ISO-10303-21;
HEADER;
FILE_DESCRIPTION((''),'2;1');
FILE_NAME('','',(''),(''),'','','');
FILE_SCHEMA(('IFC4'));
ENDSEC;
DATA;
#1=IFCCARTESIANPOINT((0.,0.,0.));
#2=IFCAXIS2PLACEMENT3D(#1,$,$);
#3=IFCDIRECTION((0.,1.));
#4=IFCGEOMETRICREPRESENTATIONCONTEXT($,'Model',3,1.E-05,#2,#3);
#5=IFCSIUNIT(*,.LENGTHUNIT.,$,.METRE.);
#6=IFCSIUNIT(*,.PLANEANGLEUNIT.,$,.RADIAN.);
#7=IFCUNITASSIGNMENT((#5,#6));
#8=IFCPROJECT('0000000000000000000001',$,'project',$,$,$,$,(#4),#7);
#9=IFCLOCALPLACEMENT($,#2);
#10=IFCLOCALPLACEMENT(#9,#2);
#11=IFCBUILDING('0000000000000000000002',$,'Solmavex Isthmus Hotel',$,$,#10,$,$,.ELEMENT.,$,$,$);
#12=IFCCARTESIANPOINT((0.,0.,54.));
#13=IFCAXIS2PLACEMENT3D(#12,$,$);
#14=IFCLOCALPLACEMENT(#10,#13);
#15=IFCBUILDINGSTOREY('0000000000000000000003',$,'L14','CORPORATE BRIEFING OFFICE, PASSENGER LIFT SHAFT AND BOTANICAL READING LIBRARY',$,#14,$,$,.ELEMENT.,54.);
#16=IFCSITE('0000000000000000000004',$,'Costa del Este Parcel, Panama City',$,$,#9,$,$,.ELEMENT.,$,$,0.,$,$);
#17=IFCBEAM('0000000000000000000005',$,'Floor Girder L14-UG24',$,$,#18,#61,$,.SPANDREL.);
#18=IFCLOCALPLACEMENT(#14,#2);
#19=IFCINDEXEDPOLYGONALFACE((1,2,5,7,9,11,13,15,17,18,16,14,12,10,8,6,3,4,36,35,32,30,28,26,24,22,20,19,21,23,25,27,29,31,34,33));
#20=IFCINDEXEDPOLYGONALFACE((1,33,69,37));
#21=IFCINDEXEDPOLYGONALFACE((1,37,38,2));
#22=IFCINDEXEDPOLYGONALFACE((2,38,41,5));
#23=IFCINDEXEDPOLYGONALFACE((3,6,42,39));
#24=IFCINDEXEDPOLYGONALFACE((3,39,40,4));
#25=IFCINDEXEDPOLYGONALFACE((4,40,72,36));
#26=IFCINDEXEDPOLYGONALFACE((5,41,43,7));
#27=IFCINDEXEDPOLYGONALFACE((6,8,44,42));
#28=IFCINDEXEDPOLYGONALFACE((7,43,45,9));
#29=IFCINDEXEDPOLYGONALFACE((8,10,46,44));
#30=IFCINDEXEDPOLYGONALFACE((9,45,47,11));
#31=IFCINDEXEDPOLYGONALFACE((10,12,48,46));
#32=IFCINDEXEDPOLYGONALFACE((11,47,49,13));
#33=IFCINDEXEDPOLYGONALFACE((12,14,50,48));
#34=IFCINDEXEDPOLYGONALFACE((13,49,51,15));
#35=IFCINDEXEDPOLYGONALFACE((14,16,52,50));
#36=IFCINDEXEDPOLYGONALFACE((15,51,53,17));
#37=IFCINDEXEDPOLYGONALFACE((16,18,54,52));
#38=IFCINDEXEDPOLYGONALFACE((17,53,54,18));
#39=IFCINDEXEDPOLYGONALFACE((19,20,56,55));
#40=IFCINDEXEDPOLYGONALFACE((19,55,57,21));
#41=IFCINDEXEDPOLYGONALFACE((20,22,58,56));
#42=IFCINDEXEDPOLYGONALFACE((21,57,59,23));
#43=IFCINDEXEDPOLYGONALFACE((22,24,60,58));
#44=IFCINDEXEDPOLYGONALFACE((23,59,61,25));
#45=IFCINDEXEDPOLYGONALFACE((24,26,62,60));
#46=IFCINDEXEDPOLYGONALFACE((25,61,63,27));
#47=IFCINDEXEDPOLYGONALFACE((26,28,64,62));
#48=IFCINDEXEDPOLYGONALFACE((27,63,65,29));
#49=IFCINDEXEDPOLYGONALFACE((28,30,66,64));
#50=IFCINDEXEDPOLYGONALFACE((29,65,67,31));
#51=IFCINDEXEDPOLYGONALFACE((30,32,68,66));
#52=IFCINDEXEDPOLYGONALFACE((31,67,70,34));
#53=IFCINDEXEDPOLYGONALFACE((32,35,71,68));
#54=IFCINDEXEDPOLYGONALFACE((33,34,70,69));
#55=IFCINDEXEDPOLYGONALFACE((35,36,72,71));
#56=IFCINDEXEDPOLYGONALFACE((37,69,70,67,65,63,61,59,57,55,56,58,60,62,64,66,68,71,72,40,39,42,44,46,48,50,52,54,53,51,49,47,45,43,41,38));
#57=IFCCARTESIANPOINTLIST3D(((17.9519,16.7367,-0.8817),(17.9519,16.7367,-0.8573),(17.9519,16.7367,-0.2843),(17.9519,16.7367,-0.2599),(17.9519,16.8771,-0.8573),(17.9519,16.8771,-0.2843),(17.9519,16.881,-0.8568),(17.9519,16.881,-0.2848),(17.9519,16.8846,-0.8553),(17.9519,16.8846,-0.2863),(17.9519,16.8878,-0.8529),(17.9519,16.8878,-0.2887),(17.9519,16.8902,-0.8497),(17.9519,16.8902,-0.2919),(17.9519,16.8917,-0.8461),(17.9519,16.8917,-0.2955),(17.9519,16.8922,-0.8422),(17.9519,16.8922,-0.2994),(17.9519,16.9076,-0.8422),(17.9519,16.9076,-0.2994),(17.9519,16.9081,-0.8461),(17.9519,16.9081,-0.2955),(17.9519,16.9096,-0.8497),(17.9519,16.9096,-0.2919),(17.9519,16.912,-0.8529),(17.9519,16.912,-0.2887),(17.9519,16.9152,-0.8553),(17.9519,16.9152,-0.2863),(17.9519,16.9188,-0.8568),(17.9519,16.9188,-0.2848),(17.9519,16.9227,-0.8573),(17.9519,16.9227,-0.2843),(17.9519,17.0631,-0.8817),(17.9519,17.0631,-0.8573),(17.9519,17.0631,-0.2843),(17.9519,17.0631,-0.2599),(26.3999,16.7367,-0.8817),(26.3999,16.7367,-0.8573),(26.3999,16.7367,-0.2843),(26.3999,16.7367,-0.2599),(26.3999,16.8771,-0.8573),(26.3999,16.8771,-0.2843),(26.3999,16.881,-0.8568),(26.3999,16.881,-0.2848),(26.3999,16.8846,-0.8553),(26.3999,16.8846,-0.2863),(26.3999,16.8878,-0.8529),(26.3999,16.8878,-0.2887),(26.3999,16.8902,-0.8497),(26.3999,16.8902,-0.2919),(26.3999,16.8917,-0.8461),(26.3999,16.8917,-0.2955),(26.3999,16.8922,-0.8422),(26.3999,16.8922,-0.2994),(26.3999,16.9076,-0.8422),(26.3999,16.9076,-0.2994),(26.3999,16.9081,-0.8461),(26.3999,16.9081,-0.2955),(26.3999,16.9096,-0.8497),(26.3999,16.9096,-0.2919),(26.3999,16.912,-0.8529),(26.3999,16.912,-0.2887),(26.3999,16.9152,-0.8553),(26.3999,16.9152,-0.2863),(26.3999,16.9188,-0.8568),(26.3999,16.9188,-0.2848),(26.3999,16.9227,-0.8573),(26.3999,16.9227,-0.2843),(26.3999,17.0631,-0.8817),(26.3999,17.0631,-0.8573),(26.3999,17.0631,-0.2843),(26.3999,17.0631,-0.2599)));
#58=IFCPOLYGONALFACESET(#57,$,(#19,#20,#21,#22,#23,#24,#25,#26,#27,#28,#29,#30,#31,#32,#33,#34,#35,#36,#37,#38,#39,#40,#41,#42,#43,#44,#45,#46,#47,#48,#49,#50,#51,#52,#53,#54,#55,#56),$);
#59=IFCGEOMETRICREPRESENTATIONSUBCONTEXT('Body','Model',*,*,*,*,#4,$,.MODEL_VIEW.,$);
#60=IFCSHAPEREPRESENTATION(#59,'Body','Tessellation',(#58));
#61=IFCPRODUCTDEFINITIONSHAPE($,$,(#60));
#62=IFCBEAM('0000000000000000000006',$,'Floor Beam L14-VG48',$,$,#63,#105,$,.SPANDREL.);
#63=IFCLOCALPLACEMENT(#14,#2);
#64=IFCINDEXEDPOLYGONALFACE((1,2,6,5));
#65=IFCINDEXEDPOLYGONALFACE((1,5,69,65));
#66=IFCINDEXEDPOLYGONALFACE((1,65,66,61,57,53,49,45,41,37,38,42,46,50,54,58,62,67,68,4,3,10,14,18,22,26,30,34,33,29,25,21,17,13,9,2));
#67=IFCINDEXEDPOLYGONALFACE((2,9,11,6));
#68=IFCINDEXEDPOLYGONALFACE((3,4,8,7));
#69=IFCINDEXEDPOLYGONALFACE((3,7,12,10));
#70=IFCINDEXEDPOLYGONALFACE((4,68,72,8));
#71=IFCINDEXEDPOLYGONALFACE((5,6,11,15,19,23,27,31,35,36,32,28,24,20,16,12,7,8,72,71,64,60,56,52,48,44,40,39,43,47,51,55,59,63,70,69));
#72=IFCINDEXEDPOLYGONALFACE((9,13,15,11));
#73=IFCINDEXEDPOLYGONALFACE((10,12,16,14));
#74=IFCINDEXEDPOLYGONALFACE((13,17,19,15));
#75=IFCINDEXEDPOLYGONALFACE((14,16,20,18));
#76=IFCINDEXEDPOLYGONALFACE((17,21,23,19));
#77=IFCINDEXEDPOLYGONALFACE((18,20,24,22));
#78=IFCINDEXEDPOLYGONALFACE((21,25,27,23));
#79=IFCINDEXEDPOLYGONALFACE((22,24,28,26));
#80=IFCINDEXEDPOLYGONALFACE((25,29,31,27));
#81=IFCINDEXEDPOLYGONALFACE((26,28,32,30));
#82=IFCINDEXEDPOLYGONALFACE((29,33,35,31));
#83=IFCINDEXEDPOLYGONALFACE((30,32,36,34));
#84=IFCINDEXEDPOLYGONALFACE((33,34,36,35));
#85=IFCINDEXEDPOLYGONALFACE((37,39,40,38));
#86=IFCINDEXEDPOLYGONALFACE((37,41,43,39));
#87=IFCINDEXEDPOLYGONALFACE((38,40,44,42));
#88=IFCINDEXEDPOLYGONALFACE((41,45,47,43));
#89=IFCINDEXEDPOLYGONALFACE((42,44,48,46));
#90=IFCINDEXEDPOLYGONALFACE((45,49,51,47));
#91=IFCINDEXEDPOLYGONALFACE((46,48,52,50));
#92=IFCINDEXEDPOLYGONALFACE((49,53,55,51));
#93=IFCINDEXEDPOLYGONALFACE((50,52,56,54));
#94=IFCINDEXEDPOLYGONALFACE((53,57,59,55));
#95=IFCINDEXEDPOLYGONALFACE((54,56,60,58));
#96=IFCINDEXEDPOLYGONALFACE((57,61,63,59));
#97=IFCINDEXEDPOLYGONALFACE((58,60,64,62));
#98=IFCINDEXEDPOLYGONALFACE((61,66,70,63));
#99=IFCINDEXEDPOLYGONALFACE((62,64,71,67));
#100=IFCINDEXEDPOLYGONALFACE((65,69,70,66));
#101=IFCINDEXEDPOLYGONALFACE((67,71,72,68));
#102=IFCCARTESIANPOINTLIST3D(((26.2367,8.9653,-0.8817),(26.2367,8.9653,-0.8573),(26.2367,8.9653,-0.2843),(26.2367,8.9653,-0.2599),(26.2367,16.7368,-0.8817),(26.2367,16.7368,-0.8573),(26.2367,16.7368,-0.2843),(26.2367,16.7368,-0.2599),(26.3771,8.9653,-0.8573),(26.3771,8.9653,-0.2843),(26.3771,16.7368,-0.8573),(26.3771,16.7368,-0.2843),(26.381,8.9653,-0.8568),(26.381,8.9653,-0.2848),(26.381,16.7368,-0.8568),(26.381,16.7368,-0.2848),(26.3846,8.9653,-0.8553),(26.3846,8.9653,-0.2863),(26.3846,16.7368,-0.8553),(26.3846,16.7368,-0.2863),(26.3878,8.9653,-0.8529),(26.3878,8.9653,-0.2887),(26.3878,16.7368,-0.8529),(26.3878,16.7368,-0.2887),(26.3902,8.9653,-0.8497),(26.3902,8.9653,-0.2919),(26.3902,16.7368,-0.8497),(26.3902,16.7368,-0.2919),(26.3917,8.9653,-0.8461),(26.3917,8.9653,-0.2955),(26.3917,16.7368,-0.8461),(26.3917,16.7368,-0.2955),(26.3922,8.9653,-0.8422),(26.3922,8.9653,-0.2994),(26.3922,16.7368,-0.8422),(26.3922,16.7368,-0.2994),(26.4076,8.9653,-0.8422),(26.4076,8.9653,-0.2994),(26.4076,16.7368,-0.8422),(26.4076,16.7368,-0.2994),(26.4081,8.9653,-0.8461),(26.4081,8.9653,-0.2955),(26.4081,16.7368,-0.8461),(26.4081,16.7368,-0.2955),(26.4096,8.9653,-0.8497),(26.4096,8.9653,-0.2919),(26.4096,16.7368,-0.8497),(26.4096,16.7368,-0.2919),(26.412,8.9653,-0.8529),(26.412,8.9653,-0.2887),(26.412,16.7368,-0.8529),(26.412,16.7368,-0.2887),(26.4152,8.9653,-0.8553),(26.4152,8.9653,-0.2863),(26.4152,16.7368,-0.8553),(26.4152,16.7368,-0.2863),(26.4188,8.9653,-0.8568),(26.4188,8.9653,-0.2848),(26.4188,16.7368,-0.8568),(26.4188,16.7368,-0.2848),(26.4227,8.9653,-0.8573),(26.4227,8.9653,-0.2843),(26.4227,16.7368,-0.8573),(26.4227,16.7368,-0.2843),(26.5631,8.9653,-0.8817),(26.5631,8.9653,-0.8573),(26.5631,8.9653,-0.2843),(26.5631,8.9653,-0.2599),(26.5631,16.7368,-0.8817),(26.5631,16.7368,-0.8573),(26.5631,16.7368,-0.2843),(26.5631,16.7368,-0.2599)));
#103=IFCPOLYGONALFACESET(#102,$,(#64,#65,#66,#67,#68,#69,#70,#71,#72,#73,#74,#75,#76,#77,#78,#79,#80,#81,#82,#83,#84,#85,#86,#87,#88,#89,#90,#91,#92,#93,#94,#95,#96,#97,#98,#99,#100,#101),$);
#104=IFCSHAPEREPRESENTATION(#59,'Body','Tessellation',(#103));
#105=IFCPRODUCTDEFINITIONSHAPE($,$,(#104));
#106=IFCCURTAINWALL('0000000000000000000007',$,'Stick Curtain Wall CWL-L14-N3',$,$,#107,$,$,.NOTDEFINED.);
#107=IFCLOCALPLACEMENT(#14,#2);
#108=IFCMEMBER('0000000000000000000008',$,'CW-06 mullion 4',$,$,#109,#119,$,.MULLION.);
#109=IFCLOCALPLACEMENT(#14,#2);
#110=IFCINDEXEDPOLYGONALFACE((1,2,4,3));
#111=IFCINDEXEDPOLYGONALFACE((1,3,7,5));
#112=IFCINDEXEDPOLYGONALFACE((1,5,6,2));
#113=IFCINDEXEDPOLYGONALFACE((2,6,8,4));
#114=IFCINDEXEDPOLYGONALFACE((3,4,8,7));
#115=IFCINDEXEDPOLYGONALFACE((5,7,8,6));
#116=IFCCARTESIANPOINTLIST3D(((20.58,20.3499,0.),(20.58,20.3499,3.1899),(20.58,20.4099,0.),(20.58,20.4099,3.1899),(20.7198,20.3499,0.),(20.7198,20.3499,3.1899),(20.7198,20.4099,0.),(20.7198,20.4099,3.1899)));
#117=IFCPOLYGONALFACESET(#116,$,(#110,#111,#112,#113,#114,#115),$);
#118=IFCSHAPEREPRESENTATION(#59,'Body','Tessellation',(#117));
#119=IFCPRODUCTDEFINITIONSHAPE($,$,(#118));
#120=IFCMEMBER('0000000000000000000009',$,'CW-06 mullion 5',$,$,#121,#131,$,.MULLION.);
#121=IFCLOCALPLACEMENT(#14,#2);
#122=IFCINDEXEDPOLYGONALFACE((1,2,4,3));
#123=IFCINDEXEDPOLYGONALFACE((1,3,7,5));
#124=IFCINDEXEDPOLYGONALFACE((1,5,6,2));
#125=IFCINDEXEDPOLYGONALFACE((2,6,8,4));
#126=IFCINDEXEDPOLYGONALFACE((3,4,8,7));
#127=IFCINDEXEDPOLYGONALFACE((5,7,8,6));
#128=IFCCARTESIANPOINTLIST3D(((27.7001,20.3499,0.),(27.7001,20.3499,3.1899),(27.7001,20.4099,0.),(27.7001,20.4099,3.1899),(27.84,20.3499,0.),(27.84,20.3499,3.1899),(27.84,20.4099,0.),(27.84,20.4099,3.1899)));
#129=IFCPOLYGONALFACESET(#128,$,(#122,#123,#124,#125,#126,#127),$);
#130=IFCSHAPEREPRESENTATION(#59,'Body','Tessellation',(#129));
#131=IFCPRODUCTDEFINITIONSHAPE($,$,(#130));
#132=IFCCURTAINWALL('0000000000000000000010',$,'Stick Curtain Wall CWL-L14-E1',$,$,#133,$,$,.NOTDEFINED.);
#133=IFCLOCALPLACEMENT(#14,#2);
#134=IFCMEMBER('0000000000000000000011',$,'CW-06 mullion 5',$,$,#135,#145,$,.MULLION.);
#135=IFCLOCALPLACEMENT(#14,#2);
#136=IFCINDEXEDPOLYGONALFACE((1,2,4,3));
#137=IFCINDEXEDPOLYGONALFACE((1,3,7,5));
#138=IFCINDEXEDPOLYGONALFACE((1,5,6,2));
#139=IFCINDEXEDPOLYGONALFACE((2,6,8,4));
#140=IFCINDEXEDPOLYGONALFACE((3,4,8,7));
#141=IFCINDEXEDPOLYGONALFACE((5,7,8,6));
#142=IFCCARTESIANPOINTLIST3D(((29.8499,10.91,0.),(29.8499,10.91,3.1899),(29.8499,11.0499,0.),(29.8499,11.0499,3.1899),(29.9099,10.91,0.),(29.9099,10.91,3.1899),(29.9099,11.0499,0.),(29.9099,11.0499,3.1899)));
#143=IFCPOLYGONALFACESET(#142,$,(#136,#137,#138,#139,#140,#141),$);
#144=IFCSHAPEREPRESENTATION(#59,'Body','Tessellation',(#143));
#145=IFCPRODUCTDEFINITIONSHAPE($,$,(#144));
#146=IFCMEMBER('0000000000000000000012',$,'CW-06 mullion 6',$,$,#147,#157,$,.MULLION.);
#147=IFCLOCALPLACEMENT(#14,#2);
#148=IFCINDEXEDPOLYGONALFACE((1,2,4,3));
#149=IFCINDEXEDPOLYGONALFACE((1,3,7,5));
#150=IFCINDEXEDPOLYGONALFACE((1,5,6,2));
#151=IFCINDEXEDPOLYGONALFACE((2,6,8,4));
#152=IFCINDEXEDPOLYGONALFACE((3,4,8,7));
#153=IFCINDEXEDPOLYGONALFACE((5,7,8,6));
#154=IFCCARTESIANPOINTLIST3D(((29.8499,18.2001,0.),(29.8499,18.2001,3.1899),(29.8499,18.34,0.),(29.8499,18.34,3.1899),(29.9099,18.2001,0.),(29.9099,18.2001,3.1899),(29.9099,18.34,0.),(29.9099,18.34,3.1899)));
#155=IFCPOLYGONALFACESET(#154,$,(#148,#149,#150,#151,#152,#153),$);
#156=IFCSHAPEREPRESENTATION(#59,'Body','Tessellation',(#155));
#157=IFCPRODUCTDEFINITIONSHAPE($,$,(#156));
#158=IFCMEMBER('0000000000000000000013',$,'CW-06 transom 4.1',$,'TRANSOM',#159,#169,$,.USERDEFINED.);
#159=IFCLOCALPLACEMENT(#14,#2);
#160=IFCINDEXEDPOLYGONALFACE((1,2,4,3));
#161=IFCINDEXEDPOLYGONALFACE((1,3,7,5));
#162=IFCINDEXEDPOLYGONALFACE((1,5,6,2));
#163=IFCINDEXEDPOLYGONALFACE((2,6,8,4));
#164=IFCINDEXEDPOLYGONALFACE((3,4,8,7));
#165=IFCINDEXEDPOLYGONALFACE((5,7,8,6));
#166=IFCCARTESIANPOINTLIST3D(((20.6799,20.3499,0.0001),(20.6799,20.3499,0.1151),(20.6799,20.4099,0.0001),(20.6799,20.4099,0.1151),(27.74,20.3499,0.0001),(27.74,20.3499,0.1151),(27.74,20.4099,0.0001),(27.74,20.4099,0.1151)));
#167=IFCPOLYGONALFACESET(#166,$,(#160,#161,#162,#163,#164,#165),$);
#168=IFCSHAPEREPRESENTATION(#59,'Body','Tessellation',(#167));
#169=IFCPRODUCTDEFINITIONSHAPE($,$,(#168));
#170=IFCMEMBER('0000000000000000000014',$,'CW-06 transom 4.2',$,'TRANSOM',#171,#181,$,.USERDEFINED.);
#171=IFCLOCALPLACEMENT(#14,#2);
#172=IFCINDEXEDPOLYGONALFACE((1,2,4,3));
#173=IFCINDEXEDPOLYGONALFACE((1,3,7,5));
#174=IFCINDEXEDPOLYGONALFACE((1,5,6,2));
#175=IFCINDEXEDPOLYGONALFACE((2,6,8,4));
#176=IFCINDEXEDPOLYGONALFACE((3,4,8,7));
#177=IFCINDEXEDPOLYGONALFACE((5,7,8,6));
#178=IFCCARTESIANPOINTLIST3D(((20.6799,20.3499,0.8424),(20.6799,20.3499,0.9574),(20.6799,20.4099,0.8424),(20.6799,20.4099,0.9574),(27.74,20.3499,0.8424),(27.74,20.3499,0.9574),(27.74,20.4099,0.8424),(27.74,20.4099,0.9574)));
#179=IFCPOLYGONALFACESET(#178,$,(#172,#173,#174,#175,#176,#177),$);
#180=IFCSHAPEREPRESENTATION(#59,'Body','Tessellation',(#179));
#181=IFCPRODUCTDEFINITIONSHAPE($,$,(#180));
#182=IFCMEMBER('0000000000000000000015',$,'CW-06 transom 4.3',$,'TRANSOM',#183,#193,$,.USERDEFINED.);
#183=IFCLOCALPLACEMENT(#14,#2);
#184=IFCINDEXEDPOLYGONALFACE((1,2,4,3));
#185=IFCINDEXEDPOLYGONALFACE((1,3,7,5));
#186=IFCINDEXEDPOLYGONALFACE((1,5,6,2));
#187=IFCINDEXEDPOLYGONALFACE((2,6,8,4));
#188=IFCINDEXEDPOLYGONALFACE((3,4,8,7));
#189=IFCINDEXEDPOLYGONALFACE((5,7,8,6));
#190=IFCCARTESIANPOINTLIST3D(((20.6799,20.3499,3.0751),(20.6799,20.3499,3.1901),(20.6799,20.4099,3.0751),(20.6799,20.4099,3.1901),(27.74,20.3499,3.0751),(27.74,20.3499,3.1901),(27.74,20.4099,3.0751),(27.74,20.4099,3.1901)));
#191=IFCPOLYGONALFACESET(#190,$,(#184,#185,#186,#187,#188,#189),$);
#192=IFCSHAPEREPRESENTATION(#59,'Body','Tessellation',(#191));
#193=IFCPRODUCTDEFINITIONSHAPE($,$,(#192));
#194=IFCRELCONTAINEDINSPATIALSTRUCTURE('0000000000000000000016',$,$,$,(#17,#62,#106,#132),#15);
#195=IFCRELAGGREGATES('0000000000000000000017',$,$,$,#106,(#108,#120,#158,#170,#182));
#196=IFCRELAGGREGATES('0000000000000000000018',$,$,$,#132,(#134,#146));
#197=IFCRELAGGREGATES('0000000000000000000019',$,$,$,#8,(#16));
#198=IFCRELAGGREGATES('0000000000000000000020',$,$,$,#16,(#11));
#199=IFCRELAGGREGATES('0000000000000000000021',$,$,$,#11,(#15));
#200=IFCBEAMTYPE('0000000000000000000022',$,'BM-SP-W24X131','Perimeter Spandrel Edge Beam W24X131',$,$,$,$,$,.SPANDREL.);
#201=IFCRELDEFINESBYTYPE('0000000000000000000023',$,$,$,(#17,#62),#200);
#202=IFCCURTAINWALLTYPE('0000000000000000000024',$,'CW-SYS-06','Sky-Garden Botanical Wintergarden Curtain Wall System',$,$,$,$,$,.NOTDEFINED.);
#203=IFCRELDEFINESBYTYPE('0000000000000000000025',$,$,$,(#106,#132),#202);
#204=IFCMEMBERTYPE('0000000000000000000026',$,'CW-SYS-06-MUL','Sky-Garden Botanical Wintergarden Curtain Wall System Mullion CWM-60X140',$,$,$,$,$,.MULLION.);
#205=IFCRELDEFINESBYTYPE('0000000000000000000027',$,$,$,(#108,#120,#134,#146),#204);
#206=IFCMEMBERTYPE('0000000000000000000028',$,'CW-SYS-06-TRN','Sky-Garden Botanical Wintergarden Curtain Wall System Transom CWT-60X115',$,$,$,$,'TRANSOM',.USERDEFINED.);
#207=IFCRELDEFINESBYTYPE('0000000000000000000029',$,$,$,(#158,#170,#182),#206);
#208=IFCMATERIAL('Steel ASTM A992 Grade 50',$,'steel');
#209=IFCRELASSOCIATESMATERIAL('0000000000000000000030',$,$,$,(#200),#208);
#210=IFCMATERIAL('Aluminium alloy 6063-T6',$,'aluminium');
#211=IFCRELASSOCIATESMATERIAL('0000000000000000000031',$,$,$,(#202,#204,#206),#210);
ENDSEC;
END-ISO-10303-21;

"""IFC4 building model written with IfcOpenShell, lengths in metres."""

from ifc_helpers import new_model, si_unit, direction, frame, origin, origin_2d, place, context, subcontext, project, spatial, rectangle, i_section, extrude, material, material_profile, profile_set, type_object, element, aggregate, save


model = new_model("IFC4")

# Units and contexts
model_context = context("Model", 3, precision=1e-05, world=origin(), true_north=direction((0.0, 1.0)))
body_context = subcontext(model_context, "Body", "Model", "MODEL_VIEW")
ifc_project = project(units=[si_unit("LENGTHUNIT", "METRE"), si_unit("PLANEANGLEUNIT", "RADIAN")], contexts=[model_context])

# Site, building, storey
site_placement = place(None, origin())
site = spatial("IfcSite", under=ifc_project, at=site_placement, Name="Costa del Este Parcel, Panama City", CompositionType="ELEMENT", RefElevation=0.0)
building_placement = place(site_placement, origin())
building = spatial("IfcBuilding", under=site, at=building_placement, Name="Solmavex Isthmus Hotel", CompositionType="ELEMENT")
storey_placement = place(building_placement, frame((0.0, 0.0, 54.0)))
storey = spatial("IfcBuildingStorey", under=building, at=storey_placement, Name="L14", Description="CORPORATE BRIEFING OFFICE, PASSENGER LIFT SHAFT AND BOTANICAL READING LIBRARY", CompositionType="ELEMENT", Elevation=54.0)

# Beams
ifc_material_1 = material(Name="Steel ASTM A992 Grade 50", Category="steel")
ifc_material_profile_1 = material_profile(ifc_material_1, i_section(OverallWidth=0.3264, OverallDepth=0.6218, WebThickness=0.0154, FlangeThickness=0.0244, FilletRadius=0.0151, at=origin_2d()), Name="W24X131")
ifc_profile_set_1 = profile_set([ifc_material_profile_1], Name="Steel ASTM A992 Grade 50")
beam_type_1 = type_object("IfcBeamType", Name="BM-SP-W24X131", Description="Perimeter Spandrel Edge Beam W24X131", PredefinedType="SPANDREL", material=ifc_profile_set_1)
beam_1_placement = place(storey_placement, frame((17.9519, 16.8999, -0.5708), z_axis=(1.0, 0.0, 0.0), x_axis=(0.0, 1.0, 0.0)))
element("IfcBeam", 1, at=beam_1_placement, inside=storey, type_object=beam_type_1, Name="Floor Girder L14-UG24", PredefinedType="SPANDREL", context=body_context, shape_type="SweptSolid", body=[
    extrude(i_section(OverallWidth=0.3264, OverallDepth=0.6218, WebThickness=0.0154, FlangeThickness=0.0244, FilletRadius=0.0151, at=origin_2d()), origin(), (0.0, 0.0, 1.0), 8.448),
])
beam_2_placement = place(storey_placement, frame((26.3999, 8.9653, -0.5708), z_axis=(0.0, 1.0, 0.0), x_axis=(-1.0, 0.0, 0.0)))
element("IfcBeam", 2, at=beam_2_placement, inside=storey, type_object=beam_type_1, Name="Floor Beam L14-VG48", PredefinedType="SPANDREL", context=body_context, shape_type="SweptSolid", body=[
    extrude(i_section(OverallWidth=0.3264, OverallDepth=0.6218, WebThickness=0.0154, FlangeThickness=0.0244, FilletRadius=0.0151, at=origin_2d()), origin(), (0.0, 0.0, 1.0), 7.7715),
])

# Curtain walls, members
ifc_material_2 = material(Name="Aluminium alloy 6063-T6", Category="aluminium")
curtain_wall_type = type_object("IfcCurtainWallType", Name="CW-SYS-06", Description="Sky-Garden Botanical Wintergarden Curtain Wall System", PredefinedType="NOTDEFINED", material=ifc_material_2)
curtain_wall_1_placement = place(storey_placement, origin())
curtain_wall_1 = element("IfcCurtainWall", 3, at=curtain_wall_1_placement, inside=storey, type_object=curtain_wall_type, Name="Stick Curtain Wall CWL-L14-N3", PredefinedType="NOTDEFINED")
ifc_material_profile_2 = material_profile(ifc_material_2, rectangle(XDim=0.0601, YDim=0.1399, at=origin_2d()), Name="CWM-60X140")
ifc_profile_set_2 = profile_set([ifc_material_profile_2], Name="Aluminium alloy 6063-T6")
member_type_1 = type_object("IfcMemberType", Name="CW-SYS-06-MUL", Description="Sky-Garden Botanical Wintergarden Curtain Wall System Mullion CWM-60X140", PredefinedType="MULLION", material=ifc_profile_set_2)
member_1_placement = place(storey_placement, frame((20.6499, 20.3799, 0.0), z_axis=(0.0, 0.0, 1.0), x_axis=(0.0, 1.0, 0.0)))
member_1 = element("IfcMember", 4, at=member_1_placement, type_object=member_type_1, Name="CW-06 mullion 4", PredefinedType="MULLION", context=body_context, shape_type="SweptSolid", body=[
    extrude(rectangle(XDim=0.0601, YDim=0.1399, at=origin_2d()), origin(), (0.0, 0.0, 1.0), 3.1899),
])
member_2_placement = place(storey_placement, frame((27.77, 20.3799, 0.0), z_axis=(0.0, 0.0, 1.0), x_axis=(0.0, 1.0, 0.0)))
member_2 = element("IfcMember", 5, at=member_2_placement, type_object=member_type_1, Name="CW-06 mullion 5", PredefinedType="MULLION", context=body_context, shape_type="SweptSolid", body=[
    extrude(rectangle(XDim=0.0601, YDim=0.1399, at=origin_2d()), origin(), (0.0, 0.0, 1.0), 3.1899),
])
curtain_wall_2_placement = place(storey_placement, origin())
curtain_wall_2 = element("IfcCurtainWall", 6, at=curtain_wall_2_placement, inside=storey, type_object=curtain_wall_type, Name="Stick Curtain Wall CWL-L14-E1", PredefinedType="NOTDEFINED")
member_3_placement = place(storey_placement, frame((29.8799, 10.98, 0.0), z_axis=(0.0, 0.0, 1.0), x_axis=(-1.0, 0.0, 0.0)))
member_3 = element("IfcMember", 7, at=member_3_placement, type_object=member_type_1, Name="CW-06 mullion 5", PredefinedType="MULLION", context=body_context, shape_type="SweptSolid", body=[
    extrude(rectangle(XDim=0.0601, YDim=0.1399, at=origin_2d()), origin(), (0.0, 0.0, 1.0), 3.1899),
])
member_4_placement = place(storey_placement, frame((29.8799, 18.27, 0.0), z_axis=(0.0, 0.0, 1.0), x_axis=(-1.0, 0.0, 0.0)))
member_4 = element("IfcMember", 8, at=member_4_placement, type_object=member_type_1, Name="CW-06 mullion 6", PredefinedType="MULLION", context=body_context, shape_type="SweptSolid", body=[
    extrude(rectangle(XDim=0.0601, YDim=0.1399, at=origin_2d()), origin(), (0.0, 0.0, 1.0), 3.1899),
])

# Members
ifc_material_profile_3 = material_profile(ifc_material_2, rectangle(XDim=0.0601, YDim=0.115, at=origin_2d()), Name="CWT-60X115")
ifc_profile_set_3 = profile_set([ifc_material_profile_3], Name="Aluminium alloy 6063-T6")
member_type_2 = type_object("IfcMemberType", Name="CW-SYS-06-TRN", Description="Sky-Garden Botanical Wintergarden Curtain Wall System Transom CWT-60X115", ElementType="TRANSOM", PredefinedType="USERDEFINED", material=ifc_profile_set_3)
member_5_placement = place(storey_placement, frame((20.6799, 20.3799, 0.0576), z_axis=(1.0, 0.0, 0.0), x_axis=(0.0, 1.0, 0.0)))
member_5 = element("IfcMember", 9, at=member_5_placement, type_object=member_type_2, Name="CW-06 transom 4.1", ObjectType="TRANSOM", PredefinedType="USERDEFINED", context=body_context, shape_type="SweptSolid", body=[
    extrude(rectangle(XDim=0.0601, YDim=0.115, at=origin_2d()), origin(), (0.0, 0.0, 1.0), 7.0601),
])
member_6_placement = place(storey_placement, frame((20.6799, 20.3799, 0.8999), z_axis=(1.0, 0.0, 0.0), x_axis=(0.0, 1.0, 0.0)))
member_6 = element("IfcMember", 10, at=member_6_placement, type_object=member_type_2, Name="CW-06 transom 4.2", ObjectType="TRANSOM", PredefinedType="USERDEFINED", context=body_context, shape_type="SweptSolid", body=[
    extrude(rectangle(XDim=0.0601, YDim=0.115, at=origin_2d()), origin(), (0.0, 0.0, 1.0), 7.0601),
])
member_7_placement = place(storey_placement, frame((20.6799, 20.3799, 3.1326), z_axis=(1.0, 0.0, 0.0), x_axis=(0.0, 1.0, 0.0)))
member_7 = element("IfcMember", 11, at=member_7_placement, type_object=member_type_2, Name="CW-06 transom 4.3", ObjectType="TRANSOM", PredefinedType="USERDEFINED", context=body_context, shape_type="SweptSolid", body=[
    extrude(rectangle(XDim=0.0601, YDim=0.115, at=origin_2d()), origin(), (0.0, 0.0, 1.0), 7.0601),
])

aggregate(curtain_wall_1, [member_1, member_2, member_5, member_6, member_7])
aggregate(curtain_wall_2, [member_3, member_4])

save(model, "model.ifc")
